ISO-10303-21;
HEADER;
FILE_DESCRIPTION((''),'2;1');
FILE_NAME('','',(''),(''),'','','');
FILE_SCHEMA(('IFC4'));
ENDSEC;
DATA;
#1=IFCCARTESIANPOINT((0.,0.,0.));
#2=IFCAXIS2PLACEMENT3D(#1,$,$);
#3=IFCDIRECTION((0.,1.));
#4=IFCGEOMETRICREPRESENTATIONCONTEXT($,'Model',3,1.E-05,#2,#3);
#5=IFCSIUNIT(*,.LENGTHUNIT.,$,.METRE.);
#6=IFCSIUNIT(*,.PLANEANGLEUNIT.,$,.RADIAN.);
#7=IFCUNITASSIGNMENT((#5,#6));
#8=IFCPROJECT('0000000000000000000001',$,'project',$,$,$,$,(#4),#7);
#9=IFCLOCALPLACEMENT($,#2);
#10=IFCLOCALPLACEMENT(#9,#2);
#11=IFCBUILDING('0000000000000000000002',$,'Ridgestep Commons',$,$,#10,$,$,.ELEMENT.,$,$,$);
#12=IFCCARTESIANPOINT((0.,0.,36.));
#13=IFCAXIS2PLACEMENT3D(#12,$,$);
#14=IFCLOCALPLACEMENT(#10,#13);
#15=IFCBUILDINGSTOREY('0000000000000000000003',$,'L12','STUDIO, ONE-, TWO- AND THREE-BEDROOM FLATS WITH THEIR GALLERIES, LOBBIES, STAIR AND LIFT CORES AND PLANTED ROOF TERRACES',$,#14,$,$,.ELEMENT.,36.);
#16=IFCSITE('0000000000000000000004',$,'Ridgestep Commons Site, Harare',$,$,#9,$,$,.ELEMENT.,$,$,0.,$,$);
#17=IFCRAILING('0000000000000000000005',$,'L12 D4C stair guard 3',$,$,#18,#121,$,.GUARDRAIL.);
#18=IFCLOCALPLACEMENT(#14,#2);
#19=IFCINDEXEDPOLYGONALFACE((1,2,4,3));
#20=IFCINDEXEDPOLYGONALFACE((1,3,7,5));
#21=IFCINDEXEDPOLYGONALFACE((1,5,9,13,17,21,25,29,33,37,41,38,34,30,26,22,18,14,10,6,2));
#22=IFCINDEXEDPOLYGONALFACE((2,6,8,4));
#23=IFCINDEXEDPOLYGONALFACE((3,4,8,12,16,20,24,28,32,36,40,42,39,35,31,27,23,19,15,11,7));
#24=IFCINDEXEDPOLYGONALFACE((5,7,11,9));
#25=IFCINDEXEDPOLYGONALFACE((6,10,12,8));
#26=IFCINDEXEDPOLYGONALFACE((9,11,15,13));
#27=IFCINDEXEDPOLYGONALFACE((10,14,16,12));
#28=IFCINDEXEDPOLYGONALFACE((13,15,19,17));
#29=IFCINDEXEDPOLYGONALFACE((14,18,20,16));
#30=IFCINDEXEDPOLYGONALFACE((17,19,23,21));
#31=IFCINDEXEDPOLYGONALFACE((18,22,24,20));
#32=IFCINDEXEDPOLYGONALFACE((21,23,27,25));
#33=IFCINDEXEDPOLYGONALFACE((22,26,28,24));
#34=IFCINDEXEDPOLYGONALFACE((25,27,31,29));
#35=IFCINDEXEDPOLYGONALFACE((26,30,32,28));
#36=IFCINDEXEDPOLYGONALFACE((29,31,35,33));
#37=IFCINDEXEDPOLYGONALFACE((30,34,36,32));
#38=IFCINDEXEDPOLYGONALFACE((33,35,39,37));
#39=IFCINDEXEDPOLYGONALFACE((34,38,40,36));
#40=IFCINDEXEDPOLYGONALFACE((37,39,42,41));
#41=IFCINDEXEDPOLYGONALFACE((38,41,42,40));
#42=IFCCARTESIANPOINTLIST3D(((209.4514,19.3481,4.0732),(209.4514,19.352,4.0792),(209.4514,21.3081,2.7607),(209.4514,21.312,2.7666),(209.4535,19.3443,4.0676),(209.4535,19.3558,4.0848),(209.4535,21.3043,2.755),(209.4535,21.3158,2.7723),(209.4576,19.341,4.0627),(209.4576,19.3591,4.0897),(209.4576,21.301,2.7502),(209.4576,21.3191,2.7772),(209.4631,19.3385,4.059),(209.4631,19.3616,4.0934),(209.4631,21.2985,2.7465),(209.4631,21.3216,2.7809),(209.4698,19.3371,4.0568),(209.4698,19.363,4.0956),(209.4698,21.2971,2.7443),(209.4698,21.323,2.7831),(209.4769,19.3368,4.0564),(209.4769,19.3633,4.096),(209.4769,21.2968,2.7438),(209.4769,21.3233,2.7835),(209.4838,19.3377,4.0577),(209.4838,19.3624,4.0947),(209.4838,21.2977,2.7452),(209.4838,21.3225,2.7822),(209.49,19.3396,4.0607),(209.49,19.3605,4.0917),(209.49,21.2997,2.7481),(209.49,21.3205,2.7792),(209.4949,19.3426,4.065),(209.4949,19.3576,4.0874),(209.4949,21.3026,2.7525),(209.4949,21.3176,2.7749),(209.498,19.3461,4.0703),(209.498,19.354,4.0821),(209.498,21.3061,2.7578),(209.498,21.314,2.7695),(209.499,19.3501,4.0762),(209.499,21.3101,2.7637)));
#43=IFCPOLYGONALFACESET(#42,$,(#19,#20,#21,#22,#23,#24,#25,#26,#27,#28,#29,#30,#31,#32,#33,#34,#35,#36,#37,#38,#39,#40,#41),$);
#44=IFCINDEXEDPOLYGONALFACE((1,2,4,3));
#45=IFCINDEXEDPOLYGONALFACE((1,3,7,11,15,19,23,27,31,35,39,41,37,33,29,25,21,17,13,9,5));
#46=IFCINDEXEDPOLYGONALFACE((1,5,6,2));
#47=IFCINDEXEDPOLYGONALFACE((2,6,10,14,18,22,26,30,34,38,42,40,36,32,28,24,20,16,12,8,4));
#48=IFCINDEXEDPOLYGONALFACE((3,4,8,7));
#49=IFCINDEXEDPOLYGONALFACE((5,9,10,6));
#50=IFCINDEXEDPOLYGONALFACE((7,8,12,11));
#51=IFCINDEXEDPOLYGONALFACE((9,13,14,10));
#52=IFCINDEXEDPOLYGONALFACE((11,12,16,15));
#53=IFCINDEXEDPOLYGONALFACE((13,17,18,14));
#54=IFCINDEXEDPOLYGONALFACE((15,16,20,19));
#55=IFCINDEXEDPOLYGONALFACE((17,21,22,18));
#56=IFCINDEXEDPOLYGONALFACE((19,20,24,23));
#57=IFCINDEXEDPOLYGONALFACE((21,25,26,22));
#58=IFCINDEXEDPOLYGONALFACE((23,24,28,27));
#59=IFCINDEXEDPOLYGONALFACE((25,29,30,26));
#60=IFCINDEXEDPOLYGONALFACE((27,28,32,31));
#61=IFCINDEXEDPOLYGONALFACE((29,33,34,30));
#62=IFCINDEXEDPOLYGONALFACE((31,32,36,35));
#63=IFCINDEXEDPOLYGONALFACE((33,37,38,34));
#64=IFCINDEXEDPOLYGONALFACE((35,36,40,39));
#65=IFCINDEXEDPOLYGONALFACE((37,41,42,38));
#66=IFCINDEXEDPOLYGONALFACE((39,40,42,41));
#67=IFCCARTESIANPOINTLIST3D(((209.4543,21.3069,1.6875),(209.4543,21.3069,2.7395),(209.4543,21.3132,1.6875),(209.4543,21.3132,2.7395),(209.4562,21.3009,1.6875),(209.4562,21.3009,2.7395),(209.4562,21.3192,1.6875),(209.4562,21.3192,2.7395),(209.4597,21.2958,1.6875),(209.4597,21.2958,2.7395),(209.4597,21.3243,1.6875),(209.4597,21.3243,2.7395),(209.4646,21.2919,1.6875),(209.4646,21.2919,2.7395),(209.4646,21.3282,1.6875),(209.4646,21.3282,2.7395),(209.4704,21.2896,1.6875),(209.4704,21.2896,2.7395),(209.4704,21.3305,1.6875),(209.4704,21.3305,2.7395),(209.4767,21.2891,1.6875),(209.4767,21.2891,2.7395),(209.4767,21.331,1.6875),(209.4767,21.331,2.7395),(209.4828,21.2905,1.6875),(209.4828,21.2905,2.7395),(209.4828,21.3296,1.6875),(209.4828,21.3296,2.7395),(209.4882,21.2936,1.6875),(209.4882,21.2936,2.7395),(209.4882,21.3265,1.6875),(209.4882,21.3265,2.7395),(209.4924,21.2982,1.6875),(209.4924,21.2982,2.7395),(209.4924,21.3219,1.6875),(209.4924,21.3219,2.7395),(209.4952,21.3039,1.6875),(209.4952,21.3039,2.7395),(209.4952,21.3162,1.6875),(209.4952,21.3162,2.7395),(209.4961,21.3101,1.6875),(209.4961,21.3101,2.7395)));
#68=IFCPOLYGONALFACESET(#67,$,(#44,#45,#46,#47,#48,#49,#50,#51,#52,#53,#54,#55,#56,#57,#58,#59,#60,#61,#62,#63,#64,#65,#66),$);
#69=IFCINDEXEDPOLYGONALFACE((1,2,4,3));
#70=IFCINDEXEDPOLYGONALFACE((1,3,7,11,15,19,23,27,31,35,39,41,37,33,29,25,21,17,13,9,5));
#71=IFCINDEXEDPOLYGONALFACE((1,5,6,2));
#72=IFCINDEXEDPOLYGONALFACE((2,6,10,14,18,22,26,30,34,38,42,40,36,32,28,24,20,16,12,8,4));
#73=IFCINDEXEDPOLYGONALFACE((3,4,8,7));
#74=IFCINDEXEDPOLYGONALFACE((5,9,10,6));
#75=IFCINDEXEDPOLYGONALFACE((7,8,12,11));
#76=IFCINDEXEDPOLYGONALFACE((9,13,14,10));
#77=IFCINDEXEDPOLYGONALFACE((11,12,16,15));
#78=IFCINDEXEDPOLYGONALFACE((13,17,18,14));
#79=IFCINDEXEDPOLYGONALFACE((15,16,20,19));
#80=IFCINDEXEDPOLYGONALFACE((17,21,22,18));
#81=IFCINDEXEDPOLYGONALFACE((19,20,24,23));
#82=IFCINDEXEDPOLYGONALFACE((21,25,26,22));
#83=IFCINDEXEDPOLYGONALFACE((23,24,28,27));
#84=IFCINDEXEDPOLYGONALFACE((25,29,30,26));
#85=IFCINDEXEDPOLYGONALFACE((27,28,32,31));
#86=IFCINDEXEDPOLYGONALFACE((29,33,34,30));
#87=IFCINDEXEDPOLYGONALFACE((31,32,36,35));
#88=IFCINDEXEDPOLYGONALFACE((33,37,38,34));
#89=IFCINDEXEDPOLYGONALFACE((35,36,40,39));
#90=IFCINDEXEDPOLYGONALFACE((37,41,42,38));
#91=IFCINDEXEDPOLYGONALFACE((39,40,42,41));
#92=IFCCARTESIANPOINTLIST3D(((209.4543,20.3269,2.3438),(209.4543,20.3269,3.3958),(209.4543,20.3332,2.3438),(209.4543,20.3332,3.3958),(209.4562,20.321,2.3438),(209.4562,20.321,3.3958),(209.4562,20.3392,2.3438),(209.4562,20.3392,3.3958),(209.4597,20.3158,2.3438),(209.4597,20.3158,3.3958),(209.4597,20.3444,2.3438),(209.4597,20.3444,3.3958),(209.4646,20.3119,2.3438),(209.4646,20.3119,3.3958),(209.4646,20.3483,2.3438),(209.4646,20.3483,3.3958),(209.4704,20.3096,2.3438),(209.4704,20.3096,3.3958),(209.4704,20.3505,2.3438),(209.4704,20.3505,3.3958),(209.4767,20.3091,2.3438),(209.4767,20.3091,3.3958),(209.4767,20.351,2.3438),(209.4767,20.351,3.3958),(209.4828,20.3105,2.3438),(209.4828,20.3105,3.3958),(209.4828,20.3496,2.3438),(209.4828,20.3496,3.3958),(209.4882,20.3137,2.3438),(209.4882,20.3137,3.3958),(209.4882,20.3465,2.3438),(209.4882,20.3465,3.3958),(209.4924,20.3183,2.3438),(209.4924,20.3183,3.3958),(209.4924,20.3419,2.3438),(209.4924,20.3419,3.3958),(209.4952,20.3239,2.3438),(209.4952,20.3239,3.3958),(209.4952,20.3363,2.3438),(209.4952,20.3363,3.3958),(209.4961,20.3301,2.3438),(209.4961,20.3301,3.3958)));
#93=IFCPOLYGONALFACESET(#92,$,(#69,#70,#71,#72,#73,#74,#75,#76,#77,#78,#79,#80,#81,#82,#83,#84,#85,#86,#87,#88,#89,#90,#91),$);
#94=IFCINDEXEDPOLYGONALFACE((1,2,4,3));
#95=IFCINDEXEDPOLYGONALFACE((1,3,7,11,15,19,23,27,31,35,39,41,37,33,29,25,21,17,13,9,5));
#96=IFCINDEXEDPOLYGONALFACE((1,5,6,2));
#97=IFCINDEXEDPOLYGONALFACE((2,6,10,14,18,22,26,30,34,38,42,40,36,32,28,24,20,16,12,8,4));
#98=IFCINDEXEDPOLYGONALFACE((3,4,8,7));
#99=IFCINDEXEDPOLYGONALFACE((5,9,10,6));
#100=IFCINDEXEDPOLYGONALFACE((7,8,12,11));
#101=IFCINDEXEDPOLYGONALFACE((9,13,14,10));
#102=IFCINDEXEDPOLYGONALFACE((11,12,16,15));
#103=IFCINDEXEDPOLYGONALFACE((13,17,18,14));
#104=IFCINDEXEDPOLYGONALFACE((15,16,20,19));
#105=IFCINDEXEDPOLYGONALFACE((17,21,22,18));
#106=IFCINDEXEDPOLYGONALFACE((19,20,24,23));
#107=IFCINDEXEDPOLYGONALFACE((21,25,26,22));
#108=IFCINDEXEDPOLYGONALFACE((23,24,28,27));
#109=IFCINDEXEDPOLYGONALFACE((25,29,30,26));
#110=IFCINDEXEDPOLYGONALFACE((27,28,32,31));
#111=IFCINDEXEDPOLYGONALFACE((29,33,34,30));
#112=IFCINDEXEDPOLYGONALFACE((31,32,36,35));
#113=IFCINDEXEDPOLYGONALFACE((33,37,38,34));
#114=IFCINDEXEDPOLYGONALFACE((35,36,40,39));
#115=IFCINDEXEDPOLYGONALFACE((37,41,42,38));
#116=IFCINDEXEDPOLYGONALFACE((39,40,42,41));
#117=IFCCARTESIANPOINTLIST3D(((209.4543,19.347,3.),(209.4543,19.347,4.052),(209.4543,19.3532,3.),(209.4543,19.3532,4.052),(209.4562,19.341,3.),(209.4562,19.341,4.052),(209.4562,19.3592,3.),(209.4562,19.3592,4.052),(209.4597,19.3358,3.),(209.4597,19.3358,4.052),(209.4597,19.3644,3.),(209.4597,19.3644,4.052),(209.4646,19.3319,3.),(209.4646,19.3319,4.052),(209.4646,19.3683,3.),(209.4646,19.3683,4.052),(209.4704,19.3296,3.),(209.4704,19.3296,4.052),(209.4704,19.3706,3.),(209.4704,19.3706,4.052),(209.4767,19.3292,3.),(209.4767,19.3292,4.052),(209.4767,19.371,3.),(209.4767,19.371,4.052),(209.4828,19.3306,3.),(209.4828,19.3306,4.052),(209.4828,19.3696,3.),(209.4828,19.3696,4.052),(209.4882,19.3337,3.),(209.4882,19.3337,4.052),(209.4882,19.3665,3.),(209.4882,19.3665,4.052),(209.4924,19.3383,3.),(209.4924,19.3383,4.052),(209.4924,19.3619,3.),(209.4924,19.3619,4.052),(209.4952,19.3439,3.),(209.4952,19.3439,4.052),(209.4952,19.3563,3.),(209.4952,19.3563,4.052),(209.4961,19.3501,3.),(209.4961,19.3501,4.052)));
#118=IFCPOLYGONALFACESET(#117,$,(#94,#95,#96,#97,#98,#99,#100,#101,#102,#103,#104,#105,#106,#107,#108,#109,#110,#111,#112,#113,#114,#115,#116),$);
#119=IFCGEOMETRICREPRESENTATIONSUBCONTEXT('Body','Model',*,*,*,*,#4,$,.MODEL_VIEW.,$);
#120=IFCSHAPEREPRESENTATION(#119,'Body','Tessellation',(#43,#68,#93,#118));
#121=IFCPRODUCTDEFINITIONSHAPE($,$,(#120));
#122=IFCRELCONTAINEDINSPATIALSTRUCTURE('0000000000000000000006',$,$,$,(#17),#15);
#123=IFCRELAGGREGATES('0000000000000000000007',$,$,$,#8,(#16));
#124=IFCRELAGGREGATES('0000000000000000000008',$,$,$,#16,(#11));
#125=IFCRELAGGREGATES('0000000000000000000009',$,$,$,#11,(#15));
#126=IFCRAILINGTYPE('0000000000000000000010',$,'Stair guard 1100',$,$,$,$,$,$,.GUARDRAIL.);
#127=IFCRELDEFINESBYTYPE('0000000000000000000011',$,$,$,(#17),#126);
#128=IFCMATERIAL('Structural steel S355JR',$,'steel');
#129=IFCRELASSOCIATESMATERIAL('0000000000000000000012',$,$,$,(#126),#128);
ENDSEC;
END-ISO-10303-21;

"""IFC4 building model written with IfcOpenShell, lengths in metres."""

from ifc_helpers import new_model, si_unit, direction, frame, origin, origin_2d, place, context, subcontext, project, spatial, circle, extrude, material, type_object, element, save


model = new_model("IFC4")

# Units and contexts
model_context = context("Model", 3, precision=1e-05, world=origin(), true_north=direction((0.0, 1.0)))
body_context = subcontext(model_context, "Body", "Model", "MODEL_VIEW")
ifc_project = project(units=[si_unit("LENGTHUNIT", "METRE"), si_unit("PLANEANGLEUNIT", "RADIAN")], contexts=[model_context])

# Site, building, storey
site_placement = place(None, origin())
site = spatial("IfcSite", under=ifc_project, at=site_placement, Name="Ridgestep Commons Site, Harare", CompositionType="ELEMENT", RefElevation=0.0)
building_placement = place(site_placement, origin())
building = spatial("IfcBuilding", under=site, at=building_placement, Name="Ridgestep Commons", CompositionType="ELEMENT")
storey_placement = place(building_placement, frame((0.0, 0.0, 36.0)))
storey = spatial("IfcBuildingStorey", under=building, at=storey_placement, Name="L12", Description="STUDIO, ONE-, TWO- AND THREE-BEDROOM FLATS WITH THEIR GALLERIES, LOBBIES, STAIR AND LIFT CORES AND PLANTED ROOF TERRACES", CompositionType="ELEMENT", Elevation=36.0)

# Railing
ifc_material_1 = material(Name="Structural steel S355JR", Category="steel")
railing_type_1 = type_object("IfcRailingType", Name="Stair guard 1100", PredefinedType="GUARDRAIL", material=ifc_material_1)
railing_1_placement = place(storey_placement, frame((209.4751, 21.3101, 1.6875)))
element("IfcRailing", 1, at=railing_1_placement, inside=storey, type_object=railing_type_1, Name="L12 D4C stair guard 3", PredefinedType="GUARDRAIL", context=body_context, shape_type="SweptSolid", body=[
    extrude(circle(Radius=0.0239, at=origin_2d()), frame((0.0, 0.0, 1.0762), z_axis=(0.0, -0.830902, 0.556419), x_axis=(1.0, 0.0, 0.0)), (0.0, 0.0, 1.0), 2.3589),
    extrude(circle(Radius=0.021, at=origin_2d()), origin(), (0.0, 0.0, 1.0), 1.052),
    extrude(circle(Radius=0.021, at=origin_2d()), frame((0.0, -0.98, 0.6562)), (0.0, 0.0, 1.0), 1.052),
    extrude(circle(Radius=0.021, at=origin_2d()), frame((0.0, -1.96, 1.3125)), (0.0, 0.0, 1.0), 1.052),
])

save(model, "model.ifc")
